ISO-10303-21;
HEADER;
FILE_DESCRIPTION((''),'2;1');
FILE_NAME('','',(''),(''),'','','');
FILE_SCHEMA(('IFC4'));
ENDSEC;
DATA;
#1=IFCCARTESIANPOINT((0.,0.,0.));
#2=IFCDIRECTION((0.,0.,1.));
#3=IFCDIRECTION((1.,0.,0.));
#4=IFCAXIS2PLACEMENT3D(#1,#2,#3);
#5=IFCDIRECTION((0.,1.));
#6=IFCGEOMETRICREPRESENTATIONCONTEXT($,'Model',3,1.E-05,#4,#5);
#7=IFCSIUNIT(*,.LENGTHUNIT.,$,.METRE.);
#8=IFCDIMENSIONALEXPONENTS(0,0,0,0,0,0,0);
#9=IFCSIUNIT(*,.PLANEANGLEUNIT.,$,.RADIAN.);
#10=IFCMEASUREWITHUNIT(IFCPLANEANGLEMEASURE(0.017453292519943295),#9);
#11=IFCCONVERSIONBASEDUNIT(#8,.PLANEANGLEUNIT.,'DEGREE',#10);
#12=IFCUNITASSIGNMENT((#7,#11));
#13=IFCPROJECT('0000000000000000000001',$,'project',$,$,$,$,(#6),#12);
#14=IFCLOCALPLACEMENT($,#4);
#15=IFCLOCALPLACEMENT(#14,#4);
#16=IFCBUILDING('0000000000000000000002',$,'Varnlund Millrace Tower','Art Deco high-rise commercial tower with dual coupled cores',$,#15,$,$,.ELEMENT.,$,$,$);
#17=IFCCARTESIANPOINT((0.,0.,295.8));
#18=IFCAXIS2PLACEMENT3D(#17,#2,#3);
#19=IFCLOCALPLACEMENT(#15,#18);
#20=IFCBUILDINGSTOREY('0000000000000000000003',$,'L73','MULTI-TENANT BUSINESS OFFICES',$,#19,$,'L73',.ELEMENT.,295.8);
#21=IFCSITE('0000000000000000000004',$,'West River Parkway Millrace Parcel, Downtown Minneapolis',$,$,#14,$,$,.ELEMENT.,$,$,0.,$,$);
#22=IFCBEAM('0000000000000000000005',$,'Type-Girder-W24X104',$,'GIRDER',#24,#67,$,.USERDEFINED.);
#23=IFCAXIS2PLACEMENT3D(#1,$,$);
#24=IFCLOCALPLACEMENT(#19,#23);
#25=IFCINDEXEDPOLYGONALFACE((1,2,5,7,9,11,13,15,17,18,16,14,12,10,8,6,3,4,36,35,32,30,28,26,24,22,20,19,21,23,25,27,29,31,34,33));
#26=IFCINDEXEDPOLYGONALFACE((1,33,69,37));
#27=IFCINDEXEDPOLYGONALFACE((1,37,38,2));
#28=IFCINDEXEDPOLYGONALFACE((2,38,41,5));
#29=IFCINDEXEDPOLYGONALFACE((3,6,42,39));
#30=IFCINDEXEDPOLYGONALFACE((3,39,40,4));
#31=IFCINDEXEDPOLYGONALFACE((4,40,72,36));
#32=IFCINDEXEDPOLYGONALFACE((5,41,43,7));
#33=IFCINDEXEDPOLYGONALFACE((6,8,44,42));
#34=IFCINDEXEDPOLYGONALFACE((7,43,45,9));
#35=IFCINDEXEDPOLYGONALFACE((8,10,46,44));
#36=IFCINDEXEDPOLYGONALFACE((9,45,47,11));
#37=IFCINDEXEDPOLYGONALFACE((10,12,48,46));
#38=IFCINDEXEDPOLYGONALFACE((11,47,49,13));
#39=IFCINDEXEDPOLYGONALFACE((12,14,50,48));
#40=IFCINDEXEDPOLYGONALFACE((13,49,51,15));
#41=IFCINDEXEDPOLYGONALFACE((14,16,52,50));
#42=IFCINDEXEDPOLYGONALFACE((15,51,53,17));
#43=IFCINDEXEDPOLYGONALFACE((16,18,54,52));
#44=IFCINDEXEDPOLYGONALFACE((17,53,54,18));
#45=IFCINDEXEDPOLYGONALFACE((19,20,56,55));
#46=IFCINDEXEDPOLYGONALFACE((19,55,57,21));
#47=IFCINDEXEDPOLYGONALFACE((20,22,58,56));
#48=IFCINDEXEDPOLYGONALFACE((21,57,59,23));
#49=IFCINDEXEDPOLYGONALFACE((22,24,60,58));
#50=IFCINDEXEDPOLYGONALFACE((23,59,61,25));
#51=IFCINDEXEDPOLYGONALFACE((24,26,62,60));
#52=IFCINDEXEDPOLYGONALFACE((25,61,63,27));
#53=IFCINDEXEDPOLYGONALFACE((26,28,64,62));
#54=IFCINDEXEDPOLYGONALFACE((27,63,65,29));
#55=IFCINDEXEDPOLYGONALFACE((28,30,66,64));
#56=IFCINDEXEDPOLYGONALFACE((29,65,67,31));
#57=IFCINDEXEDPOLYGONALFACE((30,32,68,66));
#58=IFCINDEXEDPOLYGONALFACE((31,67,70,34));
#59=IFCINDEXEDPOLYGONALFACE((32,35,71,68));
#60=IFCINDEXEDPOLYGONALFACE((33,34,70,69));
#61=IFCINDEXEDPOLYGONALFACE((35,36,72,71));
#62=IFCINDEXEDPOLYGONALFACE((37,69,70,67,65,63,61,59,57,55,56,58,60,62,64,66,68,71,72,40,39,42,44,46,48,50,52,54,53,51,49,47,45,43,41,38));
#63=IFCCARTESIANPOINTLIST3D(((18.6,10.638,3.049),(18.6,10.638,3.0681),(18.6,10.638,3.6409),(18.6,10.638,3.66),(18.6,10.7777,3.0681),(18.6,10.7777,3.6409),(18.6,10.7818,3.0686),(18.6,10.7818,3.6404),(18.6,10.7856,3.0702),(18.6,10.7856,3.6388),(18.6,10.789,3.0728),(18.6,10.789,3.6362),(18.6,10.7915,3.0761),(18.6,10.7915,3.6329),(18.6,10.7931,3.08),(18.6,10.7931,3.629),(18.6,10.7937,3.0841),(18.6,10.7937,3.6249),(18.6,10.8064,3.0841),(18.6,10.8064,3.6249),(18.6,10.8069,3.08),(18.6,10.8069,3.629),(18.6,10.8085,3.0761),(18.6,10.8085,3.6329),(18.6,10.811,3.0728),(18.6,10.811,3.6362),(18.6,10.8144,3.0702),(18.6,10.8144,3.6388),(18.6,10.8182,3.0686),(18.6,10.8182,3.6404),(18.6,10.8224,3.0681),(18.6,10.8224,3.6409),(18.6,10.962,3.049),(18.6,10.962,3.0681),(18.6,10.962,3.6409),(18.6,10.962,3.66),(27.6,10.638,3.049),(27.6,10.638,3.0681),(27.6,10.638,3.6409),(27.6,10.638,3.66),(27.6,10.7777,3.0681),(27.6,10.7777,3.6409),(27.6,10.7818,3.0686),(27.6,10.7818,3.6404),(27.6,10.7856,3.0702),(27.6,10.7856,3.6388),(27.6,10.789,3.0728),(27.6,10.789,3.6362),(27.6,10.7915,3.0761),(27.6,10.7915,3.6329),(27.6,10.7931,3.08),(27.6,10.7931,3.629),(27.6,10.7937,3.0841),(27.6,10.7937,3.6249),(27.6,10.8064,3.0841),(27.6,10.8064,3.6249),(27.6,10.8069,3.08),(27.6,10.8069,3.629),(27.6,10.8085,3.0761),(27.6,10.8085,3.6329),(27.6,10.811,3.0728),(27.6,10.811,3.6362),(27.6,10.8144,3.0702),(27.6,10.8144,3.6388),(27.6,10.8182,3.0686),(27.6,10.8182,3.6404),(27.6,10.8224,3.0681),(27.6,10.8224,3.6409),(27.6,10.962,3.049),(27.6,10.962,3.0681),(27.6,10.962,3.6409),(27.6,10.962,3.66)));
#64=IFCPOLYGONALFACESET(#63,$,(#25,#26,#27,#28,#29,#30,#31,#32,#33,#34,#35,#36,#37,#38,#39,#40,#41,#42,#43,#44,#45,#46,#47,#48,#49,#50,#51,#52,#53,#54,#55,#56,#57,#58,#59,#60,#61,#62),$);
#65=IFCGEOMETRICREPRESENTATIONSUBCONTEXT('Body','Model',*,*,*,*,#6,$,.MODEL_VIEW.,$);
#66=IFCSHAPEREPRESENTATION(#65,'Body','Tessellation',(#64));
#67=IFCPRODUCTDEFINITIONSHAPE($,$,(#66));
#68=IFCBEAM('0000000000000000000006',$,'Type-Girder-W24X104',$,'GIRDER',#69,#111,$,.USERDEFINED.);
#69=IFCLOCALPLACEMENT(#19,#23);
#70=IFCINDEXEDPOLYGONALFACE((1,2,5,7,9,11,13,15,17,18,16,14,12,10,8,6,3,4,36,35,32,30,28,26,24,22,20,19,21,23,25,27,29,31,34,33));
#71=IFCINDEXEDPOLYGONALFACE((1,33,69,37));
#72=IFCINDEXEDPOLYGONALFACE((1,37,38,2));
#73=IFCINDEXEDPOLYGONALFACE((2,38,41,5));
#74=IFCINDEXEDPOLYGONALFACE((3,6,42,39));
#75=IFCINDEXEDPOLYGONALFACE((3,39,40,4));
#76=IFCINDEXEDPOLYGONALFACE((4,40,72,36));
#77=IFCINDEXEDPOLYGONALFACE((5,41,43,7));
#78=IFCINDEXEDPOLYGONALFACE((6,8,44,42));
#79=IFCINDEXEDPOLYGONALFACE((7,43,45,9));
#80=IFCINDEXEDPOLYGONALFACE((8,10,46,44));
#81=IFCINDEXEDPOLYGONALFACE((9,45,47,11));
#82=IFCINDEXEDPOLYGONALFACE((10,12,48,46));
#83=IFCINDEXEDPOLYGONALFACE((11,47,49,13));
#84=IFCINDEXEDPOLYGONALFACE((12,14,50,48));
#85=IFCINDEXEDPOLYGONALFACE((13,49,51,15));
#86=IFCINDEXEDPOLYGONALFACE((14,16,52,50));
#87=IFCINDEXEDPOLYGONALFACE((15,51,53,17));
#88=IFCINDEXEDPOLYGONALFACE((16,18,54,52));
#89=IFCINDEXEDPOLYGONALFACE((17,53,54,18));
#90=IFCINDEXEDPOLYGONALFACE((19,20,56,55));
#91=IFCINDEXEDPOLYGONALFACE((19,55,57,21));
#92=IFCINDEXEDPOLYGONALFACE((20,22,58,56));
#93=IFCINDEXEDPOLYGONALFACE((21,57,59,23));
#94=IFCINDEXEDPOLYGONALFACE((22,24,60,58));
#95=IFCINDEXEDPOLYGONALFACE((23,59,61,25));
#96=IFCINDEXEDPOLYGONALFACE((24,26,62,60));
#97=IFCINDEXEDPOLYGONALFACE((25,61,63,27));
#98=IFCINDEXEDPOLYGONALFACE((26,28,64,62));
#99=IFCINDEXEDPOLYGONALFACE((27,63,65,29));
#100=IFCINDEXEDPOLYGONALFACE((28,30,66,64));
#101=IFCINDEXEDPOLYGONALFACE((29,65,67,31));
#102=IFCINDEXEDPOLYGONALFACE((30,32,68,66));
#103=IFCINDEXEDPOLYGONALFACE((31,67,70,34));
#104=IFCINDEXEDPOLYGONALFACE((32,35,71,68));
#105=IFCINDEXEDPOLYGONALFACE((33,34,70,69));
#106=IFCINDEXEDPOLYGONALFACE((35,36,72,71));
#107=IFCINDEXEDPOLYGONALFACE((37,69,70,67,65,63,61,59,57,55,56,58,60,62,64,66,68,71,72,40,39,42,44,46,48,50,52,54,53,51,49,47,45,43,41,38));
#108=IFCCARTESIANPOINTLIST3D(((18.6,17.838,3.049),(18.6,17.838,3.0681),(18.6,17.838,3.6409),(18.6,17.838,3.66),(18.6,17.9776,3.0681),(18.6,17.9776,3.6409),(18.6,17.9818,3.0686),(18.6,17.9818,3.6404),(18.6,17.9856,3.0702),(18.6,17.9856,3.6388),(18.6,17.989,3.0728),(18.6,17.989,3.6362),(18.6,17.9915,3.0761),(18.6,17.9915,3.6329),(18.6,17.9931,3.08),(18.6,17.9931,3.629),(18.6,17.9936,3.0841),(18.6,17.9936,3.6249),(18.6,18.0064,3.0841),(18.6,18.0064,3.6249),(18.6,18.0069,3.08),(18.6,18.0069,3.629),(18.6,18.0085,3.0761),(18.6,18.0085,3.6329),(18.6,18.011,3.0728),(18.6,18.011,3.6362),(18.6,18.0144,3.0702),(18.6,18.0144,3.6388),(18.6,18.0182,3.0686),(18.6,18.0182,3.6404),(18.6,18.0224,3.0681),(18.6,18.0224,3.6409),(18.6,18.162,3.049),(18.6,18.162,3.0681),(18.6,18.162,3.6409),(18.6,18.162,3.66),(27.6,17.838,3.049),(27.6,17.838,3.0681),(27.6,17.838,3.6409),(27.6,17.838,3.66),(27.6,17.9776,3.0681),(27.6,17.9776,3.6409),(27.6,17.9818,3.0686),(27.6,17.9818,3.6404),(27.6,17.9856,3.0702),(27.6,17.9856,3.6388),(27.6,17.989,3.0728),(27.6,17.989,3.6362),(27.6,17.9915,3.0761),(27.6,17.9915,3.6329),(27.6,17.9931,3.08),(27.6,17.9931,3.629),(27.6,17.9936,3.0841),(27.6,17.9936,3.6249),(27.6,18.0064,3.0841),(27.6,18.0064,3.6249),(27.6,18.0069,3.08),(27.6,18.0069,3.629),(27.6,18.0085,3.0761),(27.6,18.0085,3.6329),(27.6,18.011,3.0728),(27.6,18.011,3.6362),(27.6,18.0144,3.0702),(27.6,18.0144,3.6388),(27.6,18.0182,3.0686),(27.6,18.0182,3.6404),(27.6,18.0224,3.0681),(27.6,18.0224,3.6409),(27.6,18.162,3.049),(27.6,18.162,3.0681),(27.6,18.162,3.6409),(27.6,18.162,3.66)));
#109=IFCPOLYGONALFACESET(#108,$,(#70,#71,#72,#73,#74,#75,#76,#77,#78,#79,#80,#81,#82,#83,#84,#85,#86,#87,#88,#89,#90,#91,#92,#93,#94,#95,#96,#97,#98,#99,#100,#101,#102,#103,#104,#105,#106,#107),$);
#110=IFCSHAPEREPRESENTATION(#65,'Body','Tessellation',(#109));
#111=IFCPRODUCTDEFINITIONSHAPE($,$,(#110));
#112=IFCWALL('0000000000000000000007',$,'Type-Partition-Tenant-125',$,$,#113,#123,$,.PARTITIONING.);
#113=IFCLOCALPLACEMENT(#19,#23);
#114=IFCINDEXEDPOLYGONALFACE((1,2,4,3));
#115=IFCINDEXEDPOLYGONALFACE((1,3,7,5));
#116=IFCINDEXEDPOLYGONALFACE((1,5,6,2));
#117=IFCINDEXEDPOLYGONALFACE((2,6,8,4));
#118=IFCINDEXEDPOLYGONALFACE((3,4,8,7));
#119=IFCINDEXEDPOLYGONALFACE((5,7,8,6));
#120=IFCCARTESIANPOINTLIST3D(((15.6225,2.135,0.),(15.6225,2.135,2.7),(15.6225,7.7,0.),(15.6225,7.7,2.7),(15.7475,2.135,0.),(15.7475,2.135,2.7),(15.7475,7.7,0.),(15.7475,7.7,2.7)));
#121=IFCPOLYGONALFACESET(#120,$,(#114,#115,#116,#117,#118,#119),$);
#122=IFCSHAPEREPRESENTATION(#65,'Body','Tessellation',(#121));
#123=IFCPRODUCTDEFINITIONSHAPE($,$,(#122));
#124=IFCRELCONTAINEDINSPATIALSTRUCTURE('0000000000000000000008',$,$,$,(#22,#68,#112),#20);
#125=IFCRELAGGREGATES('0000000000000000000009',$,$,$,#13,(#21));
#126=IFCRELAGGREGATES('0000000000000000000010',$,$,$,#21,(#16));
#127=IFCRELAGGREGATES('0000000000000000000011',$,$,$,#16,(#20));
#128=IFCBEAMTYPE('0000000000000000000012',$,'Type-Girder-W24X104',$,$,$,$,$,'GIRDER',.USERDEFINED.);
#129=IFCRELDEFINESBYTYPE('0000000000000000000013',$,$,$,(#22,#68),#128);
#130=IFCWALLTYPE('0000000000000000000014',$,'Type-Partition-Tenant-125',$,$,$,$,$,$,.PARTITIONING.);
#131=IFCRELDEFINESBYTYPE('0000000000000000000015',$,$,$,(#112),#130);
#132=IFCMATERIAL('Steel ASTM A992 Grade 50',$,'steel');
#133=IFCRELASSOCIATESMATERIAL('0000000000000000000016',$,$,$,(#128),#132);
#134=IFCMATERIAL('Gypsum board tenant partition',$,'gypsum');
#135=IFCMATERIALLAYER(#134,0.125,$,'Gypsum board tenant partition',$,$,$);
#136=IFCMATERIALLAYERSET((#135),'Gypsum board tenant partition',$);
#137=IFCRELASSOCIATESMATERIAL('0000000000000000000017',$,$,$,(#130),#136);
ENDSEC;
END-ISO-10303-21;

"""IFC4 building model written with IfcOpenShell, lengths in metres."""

from ifc_helpers import new_model, entity, si_unit, converted_unit, direction, frame, origin_with_axes, origin_2d_with_axis, place, context, subcontext, project, spatial, polyline, i_section, outline, extrude, material, layer, layer_set, material_profile, profile_set, type_object, element, save


model = new_model("IFC4")

# Units and contexts
model_context = context("Model", 3, precision=1e-05, world=origin_with_axes(), true_north=direction((0.0, 1.0)))
body_context = subcontext(model_context, "Body", "Model", "MODEL_VIEW")
ifc_project = project(units=[si_unit("LENGTHUNIT", "METRE"), converted_unit("PLANEANGLEUNIT", "DEGREE", entity("IfcPlaneAngleMeasure", 0.017453292519943295), si_unit("PLANEANGLEUNIT", "RADIAN"), dimensions=[0, 0, 0, 0, 0, 0, 0])], contexts=[model_context])

# Site, building, storey
site_placement = place(None, origin_with_axes())
site = spatial("IfcSite", under=ifc_project, at=site_placement, Name="West River Parkway Millrace Parcel, Downtown Minneapolis", CompositionType="ELEMENT", RefElevation=0.0)
building_placement = place(site_placement, origin_with_axes())
building = spatial("IfcBuilding", under=site, at=building_placement, Name="Varnlund Millrace Tower", Description="Art Deco high-rise commercial tower with dual coupled cores", CompositionType="ELEMENT")
storey_placement = place(building_placement, frame((0.0, 0.0, 295.8), z_axis=(0.0, 0.0, 1.0), x_axis=(1.0, 0.0, 0.0)))
storey = spatial("IfcBuildingStorey", under=building, at=storey_placement, Name="L73", Description="MULTI-TENANT BUSINESS OFFICES", LongName="L73", CompositionType="ELEMENT", Elevation=295.8)

# Beams
ifc_material_1 = material(Name="Steel ASTM A992 Grade 50", Category="steel")
ifc_material_profile_1 = material_profile(ifc_material_1, i_section(OverallWidth=0.324, OverallDepth=0.611, WebThickness=0.0127, FlangeThickness=0.0191, FilletRadius=0.016, at=origin_2d_with_axis()), Name="Steel ASTM A992 Grade 50")
ifc_profile_set_1 = profile_set([ifc_material_profile_1], Name="Steel ASTM A992 Grade 50")
beam_type_1 = type_object("IfcBeamType", Name="Type-Girder-W24X104", ElementType="GIRDER", PredefinedType="USERDEFINED", material=ifc_profile_set_1)
for number, where, z_axis, x_axis, name in (
    (1, (18.6, 10.8, 3.3545), (1.0, 0.0, 0.0), (0.0, 1.0, 0.0), "Type-Girder-W24X104"),
    (2, (18.6, 18.0, 3.3545), (1.0, 0.0, 0.0), (0.0, 1.0, 0.0), "Type-Girder-W24X104"),
):
    element("IfcBeam", number, at=place(storey_placement, frame(where, z_axis=z_axis, x_axis=x_axis)), inside=storey, type_object=beam_type_1, Name=name, ObjectType="GIRDER", PredefinedType="USERDEFINED", context=body_context, shape_type="SweptSolid", body=[
        extrude(i_section(OverallWidth=0.324, OverallDepth=0.611, WebThickness=0.0127, FlangeThickness=0.0191, FilletRadius=0.016, at=origin_2d_with_axis()), origin_with_axes(), (0.0, 0.0, 1.0), 9.0),
    ])

# Wall
ifc_material_2 = material(Name="Gypsum board tenant partition", Category="gypsum")
ifc_layer_1 = layer(ifc_material_2, 0.125, Name="Gypsum board tenant partition")
ifc_layer_set_1 = layer_set([ifc_layer_1], Name="Gypsum board tenant partition")
wall_type_1 = type_object("IfcWallType", Name="Type-Partition-Tenant-125", PredefinedType="PARTITIONING", material=ifc_layer_set_1)
wall_1_placement = place(storey_placement, frame((15.685, 2.135, 0.0), z_axis=(0.0, 0.0, 1.0), x_axis=(0.0, 1.0, 0.0)))
element("IfcWall", 3, at=wall_1_placement, inside=storey, type_object=wall_type_1, Name="Type-Partition-Tenant-125", PredefinedType="PARTITIONING", context=body_context, shape_type="SweptSolid", body=[
    extrude(outline(polyline([(0.0, -0.0625), (5.565, -0.0625), (5.565, 0.0625), (0.0, 0.0625), (0.0, -0.0625)])), origin_with_axes(), (0.0, 0.0, 1.0), 2.7),
])

save(model, "model.ifc")
